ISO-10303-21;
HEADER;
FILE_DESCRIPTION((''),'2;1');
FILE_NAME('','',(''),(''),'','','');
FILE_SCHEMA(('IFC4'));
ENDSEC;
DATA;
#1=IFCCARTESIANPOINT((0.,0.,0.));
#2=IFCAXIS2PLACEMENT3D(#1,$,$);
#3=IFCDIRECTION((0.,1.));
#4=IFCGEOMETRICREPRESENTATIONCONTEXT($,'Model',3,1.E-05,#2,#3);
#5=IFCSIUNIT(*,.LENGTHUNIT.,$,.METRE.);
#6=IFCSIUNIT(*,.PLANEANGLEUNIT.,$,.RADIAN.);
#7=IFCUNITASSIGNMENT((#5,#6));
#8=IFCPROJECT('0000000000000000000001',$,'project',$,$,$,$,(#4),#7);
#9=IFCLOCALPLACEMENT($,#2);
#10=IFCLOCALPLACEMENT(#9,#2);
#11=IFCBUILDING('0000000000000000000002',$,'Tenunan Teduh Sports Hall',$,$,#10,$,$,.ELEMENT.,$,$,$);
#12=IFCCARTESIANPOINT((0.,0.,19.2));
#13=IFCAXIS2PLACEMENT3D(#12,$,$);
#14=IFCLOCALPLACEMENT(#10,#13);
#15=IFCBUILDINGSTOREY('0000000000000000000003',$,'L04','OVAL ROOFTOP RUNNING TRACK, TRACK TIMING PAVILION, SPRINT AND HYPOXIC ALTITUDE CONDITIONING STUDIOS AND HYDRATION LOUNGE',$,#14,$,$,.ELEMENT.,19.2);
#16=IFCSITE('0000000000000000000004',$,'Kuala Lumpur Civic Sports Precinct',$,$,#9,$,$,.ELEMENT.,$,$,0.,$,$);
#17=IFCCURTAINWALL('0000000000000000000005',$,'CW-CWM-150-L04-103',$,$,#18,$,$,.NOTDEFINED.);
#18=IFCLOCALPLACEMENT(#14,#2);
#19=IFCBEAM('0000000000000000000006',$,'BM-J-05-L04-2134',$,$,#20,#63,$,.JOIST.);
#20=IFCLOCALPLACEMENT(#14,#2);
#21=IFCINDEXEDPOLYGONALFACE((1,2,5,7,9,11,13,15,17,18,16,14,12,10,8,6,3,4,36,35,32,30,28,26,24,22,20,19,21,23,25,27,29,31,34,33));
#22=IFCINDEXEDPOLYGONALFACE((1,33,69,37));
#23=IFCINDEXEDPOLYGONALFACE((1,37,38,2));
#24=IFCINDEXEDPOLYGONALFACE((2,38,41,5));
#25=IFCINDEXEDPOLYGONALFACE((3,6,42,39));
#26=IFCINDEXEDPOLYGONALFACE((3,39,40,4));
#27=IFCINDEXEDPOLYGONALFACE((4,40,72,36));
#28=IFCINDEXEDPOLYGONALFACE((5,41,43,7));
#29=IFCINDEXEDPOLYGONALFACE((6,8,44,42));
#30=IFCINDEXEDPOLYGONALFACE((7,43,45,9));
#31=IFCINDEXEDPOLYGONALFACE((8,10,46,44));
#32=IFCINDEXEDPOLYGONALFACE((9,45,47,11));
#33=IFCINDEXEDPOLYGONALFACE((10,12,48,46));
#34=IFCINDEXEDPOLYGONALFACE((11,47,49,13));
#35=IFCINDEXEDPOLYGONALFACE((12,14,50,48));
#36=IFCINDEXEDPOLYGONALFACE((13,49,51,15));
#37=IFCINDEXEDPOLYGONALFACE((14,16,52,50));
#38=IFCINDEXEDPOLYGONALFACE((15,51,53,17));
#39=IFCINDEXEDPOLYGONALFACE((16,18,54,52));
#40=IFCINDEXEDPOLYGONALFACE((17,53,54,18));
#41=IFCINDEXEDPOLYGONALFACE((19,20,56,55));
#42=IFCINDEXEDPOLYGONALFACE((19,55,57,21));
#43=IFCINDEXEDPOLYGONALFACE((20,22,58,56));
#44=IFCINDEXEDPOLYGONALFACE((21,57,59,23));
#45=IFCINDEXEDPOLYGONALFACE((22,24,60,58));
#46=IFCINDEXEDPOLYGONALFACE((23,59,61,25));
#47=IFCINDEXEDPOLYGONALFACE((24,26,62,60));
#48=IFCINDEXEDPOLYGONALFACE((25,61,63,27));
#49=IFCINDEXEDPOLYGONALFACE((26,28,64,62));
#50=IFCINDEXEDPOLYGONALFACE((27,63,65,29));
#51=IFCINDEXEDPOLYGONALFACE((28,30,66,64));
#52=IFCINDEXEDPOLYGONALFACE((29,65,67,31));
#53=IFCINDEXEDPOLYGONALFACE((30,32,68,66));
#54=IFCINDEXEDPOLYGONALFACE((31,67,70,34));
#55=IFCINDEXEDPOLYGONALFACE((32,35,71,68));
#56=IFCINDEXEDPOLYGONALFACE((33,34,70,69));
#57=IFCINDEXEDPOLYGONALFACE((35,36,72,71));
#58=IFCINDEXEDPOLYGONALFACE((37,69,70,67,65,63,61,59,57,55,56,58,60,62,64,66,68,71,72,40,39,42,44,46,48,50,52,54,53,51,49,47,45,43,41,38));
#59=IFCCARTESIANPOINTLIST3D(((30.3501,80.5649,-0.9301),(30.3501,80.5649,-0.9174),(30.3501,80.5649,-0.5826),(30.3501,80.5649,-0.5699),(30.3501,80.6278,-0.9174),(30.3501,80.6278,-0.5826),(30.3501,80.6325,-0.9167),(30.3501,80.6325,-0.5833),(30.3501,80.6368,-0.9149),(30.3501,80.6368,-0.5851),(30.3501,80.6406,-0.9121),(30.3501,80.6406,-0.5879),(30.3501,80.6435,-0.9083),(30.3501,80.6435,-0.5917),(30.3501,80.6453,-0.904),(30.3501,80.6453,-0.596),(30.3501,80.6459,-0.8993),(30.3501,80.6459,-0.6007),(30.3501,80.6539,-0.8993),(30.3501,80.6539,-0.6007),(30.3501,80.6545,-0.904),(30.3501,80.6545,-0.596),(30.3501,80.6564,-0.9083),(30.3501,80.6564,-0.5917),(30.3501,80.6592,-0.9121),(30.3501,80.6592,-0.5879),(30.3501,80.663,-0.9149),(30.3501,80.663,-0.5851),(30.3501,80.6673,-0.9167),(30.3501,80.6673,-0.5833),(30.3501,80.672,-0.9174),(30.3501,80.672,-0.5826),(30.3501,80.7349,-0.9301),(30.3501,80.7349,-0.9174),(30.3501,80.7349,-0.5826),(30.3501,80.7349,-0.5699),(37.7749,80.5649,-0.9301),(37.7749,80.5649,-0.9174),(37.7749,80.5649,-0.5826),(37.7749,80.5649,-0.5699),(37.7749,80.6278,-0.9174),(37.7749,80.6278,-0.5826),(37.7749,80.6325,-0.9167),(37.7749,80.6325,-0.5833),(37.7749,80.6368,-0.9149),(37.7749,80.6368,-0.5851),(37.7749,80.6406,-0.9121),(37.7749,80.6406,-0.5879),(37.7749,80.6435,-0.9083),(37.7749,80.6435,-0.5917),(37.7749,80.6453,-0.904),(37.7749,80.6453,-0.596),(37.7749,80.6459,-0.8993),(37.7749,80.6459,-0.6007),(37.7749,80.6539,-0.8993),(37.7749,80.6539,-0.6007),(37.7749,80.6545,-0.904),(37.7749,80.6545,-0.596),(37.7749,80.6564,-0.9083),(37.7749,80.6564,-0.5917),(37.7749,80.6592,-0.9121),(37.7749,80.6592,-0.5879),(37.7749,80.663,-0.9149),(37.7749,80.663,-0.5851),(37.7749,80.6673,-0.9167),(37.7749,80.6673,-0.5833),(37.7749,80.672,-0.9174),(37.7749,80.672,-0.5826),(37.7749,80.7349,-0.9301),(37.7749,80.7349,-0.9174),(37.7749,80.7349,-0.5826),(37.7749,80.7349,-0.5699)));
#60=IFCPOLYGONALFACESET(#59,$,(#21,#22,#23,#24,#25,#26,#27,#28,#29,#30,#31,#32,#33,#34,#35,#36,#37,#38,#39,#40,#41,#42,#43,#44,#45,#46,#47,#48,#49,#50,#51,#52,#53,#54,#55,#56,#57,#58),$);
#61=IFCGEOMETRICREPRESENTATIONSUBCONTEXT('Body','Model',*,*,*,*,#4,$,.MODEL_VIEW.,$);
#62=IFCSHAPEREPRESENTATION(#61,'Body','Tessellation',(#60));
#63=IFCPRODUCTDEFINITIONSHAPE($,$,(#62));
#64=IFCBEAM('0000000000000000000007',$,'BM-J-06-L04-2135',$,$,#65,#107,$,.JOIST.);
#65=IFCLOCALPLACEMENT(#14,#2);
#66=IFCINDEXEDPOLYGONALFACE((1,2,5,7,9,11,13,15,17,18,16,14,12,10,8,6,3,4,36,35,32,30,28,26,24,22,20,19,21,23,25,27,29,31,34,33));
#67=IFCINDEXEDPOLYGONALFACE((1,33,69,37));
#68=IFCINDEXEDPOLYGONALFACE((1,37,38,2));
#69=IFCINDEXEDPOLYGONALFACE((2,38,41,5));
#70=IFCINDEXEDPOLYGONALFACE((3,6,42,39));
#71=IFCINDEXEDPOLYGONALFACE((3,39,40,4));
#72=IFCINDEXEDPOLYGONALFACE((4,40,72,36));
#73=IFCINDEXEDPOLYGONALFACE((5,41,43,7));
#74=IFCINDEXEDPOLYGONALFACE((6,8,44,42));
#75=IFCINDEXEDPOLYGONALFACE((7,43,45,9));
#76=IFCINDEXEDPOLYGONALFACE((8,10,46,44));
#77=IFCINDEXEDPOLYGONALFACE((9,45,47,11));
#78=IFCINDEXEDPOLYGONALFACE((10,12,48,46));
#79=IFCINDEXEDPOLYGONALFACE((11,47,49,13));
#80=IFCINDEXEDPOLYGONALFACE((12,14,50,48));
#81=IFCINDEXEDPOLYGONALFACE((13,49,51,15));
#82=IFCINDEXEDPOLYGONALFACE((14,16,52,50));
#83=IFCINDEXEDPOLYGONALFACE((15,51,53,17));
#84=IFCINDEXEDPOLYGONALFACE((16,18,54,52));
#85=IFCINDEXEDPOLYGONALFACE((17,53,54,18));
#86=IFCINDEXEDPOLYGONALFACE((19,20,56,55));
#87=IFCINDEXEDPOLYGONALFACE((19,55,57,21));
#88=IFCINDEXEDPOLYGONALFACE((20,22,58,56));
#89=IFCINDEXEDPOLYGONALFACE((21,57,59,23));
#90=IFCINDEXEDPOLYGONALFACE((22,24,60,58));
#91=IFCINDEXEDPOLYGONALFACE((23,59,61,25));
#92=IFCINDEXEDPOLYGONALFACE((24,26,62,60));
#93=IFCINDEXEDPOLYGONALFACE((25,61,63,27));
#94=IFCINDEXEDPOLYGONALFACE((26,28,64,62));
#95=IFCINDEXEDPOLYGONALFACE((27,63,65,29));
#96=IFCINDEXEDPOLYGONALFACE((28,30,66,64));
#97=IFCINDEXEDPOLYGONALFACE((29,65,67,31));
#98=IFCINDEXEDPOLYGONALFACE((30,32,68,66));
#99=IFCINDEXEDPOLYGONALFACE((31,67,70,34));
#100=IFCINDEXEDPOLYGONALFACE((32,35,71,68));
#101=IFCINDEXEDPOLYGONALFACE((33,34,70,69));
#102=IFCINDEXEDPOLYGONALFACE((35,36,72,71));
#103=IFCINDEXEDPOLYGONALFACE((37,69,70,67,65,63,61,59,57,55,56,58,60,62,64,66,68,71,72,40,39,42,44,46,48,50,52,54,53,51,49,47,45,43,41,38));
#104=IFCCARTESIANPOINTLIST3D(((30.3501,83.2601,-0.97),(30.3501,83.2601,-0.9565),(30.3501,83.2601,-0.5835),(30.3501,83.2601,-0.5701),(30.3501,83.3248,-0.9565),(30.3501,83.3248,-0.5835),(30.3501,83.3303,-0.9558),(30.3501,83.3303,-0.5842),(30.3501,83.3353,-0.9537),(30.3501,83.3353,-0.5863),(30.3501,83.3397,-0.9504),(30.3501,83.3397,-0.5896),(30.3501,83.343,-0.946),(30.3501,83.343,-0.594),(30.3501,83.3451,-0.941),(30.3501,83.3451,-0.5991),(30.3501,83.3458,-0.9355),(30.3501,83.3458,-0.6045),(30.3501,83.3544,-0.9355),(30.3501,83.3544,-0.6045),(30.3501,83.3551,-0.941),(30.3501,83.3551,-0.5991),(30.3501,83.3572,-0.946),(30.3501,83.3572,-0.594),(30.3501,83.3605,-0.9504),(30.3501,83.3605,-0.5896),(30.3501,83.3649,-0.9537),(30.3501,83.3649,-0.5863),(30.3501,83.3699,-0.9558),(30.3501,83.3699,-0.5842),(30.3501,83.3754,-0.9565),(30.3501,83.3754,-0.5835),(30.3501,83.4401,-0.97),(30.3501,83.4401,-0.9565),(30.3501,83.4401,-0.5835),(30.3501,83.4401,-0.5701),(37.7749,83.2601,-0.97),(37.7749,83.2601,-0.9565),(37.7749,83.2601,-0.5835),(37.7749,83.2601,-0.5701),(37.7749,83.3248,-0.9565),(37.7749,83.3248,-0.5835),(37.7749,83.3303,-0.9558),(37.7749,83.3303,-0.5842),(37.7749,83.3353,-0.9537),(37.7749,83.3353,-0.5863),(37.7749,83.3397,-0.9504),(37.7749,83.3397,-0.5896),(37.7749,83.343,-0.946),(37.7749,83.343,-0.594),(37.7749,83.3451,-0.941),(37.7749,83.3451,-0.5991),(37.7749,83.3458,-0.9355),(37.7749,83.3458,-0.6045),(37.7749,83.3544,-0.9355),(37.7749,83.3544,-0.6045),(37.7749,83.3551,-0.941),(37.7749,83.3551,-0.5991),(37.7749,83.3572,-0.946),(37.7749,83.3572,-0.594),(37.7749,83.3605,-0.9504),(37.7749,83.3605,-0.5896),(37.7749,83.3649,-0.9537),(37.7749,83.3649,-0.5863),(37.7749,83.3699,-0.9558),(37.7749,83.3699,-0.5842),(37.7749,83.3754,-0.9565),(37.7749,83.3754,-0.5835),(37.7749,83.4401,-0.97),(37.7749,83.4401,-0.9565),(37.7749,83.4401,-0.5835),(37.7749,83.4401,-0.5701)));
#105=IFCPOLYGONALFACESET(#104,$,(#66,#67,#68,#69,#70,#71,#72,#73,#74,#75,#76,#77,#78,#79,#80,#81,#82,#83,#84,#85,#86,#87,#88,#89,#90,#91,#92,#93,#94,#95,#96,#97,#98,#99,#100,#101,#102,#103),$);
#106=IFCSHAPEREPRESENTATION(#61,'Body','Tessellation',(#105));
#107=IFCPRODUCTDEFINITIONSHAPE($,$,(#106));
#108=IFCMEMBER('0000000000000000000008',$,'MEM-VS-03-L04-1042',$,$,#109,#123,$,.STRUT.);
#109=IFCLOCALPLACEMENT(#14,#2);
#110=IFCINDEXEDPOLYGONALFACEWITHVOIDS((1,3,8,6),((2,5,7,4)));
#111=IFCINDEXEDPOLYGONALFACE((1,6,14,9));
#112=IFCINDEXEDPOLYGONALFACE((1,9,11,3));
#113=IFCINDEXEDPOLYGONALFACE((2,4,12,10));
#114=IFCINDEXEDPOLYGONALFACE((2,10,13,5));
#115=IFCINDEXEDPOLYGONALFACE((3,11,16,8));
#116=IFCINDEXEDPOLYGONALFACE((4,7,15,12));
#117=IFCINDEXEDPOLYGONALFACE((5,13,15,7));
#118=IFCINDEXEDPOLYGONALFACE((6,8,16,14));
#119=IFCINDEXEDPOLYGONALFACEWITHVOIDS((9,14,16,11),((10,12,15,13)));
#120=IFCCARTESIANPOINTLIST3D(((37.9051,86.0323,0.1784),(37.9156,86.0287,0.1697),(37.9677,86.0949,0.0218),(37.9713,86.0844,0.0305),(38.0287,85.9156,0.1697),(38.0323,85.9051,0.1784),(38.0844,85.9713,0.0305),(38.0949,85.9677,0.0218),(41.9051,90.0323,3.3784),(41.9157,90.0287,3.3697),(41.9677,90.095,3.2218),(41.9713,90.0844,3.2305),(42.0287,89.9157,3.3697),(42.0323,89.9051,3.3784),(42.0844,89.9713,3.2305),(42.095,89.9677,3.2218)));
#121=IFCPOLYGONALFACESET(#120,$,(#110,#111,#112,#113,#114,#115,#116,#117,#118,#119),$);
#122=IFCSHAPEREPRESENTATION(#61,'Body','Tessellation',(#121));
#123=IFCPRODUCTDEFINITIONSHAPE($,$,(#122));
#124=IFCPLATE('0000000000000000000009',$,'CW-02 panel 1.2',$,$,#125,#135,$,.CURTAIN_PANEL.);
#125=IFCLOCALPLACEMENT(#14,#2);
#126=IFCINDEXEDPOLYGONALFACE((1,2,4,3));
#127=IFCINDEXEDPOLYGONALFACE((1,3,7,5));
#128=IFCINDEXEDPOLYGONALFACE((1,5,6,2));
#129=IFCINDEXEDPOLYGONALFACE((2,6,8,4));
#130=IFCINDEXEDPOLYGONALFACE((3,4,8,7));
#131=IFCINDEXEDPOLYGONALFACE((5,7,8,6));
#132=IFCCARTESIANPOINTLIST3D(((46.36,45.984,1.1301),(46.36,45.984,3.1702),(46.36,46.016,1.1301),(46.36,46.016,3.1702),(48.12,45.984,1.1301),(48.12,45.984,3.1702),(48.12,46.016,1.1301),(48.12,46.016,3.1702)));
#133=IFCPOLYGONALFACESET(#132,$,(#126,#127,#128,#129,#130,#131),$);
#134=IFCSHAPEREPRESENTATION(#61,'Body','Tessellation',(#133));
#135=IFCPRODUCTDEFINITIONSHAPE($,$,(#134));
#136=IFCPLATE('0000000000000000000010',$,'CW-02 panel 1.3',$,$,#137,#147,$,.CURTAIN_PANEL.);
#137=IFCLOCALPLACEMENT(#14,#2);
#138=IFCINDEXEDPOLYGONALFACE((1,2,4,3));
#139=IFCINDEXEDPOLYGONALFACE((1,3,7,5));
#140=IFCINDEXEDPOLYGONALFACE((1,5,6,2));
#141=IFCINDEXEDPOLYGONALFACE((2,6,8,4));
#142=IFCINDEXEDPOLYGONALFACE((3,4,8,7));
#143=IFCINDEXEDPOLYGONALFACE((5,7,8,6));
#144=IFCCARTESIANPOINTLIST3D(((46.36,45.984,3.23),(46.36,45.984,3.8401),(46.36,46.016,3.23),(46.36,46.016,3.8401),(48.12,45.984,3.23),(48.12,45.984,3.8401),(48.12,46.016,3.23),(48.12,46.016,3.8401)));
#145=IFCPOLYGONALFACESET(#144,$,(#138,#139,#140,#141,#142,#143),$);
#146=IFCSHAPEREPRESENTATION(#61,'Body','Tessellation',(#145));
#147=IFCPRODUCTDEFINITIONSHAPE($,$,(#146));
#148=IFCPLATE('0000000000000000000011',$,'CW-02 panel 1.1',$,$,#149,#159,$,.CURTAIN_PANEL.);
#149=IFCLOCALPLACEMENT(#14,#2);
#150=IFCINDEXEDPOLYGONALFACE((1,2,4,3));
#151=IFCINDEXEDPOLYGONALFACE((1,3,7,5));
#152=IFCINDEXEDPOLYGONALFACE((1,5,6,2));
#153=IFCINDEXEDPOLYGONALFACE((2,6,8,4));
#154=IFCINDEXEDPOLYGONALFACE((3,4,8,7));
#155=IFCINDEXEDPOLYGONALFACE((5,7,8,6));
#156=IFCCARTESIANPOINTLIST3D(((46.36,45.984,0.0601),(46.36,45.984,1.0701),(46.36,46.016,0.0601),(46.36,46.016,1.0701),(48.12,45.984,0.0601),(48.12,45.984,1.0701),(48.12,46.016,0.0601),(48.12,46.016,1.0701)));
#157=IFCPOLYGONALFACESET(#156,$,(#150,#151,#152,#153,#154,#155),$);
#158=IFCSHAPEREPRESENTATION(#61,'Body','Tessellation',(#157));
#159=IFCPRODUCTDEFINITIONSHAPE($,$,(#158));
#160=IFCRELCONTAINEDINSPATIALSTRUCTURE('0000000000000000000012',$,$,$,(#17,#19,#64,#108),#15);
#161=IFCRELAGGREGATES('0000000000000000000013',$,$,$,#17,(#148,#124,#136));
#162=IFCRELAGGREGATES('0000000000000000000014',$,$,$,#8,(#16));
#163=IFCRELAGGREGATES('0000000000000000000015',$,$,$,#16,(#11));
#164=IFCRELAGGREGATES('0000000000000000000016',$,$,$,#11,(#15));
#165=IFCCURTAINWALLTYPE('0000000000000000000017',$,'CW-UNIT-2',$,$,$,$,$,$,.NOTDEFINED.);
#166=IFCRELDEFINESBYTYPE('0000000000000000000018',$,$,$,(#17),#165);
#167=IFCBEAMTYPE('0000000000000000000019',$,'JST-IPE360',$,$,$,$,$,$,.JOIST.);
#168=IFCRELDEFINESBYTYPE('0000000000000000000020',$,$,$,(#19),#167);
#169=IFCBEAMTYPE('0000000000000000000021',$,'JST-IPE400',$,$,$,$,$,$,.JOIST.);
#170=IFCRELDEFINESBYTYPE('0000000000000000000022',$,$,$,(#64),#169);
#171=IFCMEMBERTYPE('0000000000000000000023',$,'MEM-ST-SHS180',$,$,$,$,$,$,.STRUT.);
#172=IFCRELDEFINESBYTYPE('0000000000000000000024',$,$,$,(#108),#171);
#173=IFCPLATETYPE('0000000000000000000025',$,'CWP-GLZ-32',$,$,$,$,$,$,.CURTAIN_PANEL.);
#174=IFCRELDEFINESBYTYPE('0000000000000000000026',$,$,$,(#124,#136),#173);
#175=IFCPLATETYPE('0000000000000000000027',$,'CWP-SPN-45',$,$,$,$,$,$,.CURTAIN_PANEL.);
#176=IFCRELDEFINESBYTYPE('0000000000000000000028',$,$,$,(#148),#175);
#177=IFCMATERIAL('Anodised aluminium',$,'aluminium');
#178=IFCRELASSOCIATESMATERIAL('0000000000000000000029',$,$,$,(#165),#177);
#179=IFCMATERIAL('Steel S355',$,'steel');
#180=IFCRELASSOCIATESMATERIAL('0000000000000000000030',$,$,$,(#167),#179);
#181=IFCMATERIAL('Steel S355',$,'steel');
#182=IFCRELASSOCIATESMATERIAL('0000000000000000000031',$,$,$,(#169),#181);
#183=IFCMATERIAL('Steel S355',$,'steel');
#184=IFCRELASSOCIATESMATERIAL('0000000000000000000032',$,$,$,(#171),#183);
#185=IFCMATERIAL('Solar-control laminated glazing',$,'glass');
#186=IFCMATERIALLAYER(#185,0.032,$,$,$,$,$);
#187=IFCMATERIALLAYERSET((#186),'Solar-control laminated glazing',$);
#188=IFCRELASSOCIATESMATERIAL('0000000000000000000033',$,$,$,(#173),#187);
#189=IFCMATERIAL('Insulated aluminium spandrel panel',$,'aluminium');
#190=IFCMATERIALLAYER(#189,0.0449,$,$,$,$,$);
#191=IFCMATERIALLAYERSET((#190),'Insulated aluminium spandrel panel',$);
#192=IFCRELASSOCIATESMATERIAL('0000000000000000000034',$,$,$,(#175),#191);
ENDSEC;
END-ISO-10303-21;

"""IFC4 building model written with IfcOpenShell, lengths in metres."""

from ifc_helpers import new_model, si_unit, direction, frame, origin, origin_2d, place, context, subcontext, project, spatial, rectangle, hollow_rectangle, i_section, extrude, material, layer, layer_set, material_profile, profile_set, type_object, element, aggregate, save


model = new_model("IFC4")

# Units and contexts
model_context = context("Model", 3, precision=1e-05, world=origin(), true_north=direction((0.0, 1.0)))
body_context = subcontext(model_context, "Body", "Model", "MODEL_VIEW")
ifc_project = project(units=[si_unit("LENGTHUNIT", "METRE"), si_unit("PLANEANGLEUNIT", "RADIAN")], contexts=[model_context])

# Site, building, storey
site_placement = place(None, origin())
site = spatial("IfcSite", under=ifc_project, at=site_placement, Name="Kuala Lumpur Civic Sports Precinct", CompositionType="ELEMENT", RefElevation=0.0)
building_placement = place(site_placement, origin())
building = spatial("IfcBuilding", under=site, at=building_placement, Name="Tenunan Teduh Sports Hall", CompositionType="ELEMENT")
storey_placement = place(building_placement, frame((0.0, 0.0, 19.2)))
storey = spatial("IfcBuildingStorey", under=building, at=storey_placement, Name="L04", Description="OVAL ROOFTOP RUNNING TRACK, TRACK TIMING PAVILION, SPRINT AND HYPOXIC ALTITUDE CONDITIONING STUDIOS AND HYDRATION LOUNGE", CompositionType="ELEMENT", Elevation=19.2)

# Curtain wall
ifc_material_1 = material(Name="Anodised aluminium", Category="aluminium")
curtain_wall_type = type_object("IfcCurtainWallType", Name="CW-UNIT-2", PredefinedType="NOTDEFINED", material=ifc_material_1)
curtain_wall_placement = place(storey_placement, origin())
curtain_wall = element("IfcCurtainWall", 1, at=curtain_wall_placement, inside=storey, type_object=curtain_wall_type, Name="CW-CWM-150-L04-103", PredefinedType="NOTDEFINED")

# Beams
ifc_material_2 = material(Name="Steel S355", Category="steel")
ifc_material_profile_1 = material_profile(ifc_material_2, i_section(OverallWidth=0.1699, OverallDepth=0.3601, WebThickness=0.0081, FlangeThickness=0.0127, FilletRadius=0.0181, at=origin_2d()), Name="IPE 360")
ifc_profile_set_1 = profile_set([ifc_material_profile_1], Name="Steel S355")
beam_type_1 = type_object("IfcBeamType", Name="JST-IPE360", PredefinedType="JOIST", material=ifc_profile_set_1)
beam_1_placement = place(storey_placement, frame((30.3501, 80.6499, -0.75), z_axis=(1.0, 0.0, 0.0), x_axis=(0.0, 1.0, 0.0)))
element("IfcBeam", 2, at=beam_1_placement, inside=storey, type_object=beam_type_1, Name="BM-J-05-L04-2134", PredefinedType="JOIST", context=body_context, shape_type="SweptSolid", body=[
    extrude(i_section(OverallWidth=0.1699, OverallDepth=0.3601, WebThickness=0.0081, FlangeThickness=0.0127, FilletRadius=0.0181, at=origin_2d()), origin(), (0.0, 0.0, 1.0), 7.4248),
])
ifc_material_3 = material(Name="Steel S355", Category="steel")
ifc_material_profile_2 = material_profile(ifc_material_3, i_section(OverallWidth=0.1799, OverallDepth=0.3999, WebThickness=0.0085, FlangeThickness=0.0134, FilletRadius=0.021, at=origin_2d()), Name="IPE 400")
ifc_profile_set_2 = profile_set([ifc_material_profile_2], Name="Steel S355")
beam_type_2 = type_object("IfcBeamType", Name="JST-IPE400", PredefinedType="JOIST", material=ifc_profile_set_2)
beam_2_placement = place(storey_placement, frame((30.3501, 83.3501, -0.77), z_axis=(1.0, 0.0, 0.0), x_axis=(0.0, 1.0, 0.0)))
element("IfcBeam", 3, at=beam_2_placement, inside=storey, type_object=beam_type_2, Name="BM-J-06-L04-2135", PredefinedType="JOIST", context=body_context, shape_type="SweptSolid", body=[
    extrude(i_section(OverallWidth=0.1799, OverallDepth=0.3999, WebThickness=0.0085, FlangeThickness=0.0134, FilletRadius=0.021, at=origin_2d()), origin(), (0.0, 0.0, 1.0), 7.4248),
])

# Member
ifc_material_4 = material(Name="Steel S355", Category="steel")
ifc_material_profile_3 = material_profile(ifc_material_4, hollow_rectangle(XDim=0.1799, YDim=0.1799, WallThickness=0.01, at=origin_2d()), Name="SHS 180x180x10.0")
ifc_profile_set_3 = profile_set([ifc_material_profile_3], Name="Steel S355")
member_type_1 = type_object("IfcMemberType", Name="MEM-ST-SHS180", PredefinedType="STRUT", material=ifc_profile_set_3)
member_1_placement = place(storey_placement, frame((38.0, 86.0, 0.1001), z_axis=(0.61546, 0.61546, 0.49236), x_axis=(-0.707107, 0.707107, 0.0)))
element("IfcMember", 4, at=member_1_placement, inside=storey, type_object=member_type_1, Name="MEM-VS-03-L04-1042", PredefinedType="STRUT", context=body_context, shape_type="SweptSolid", body=[
    extrude(hollow_rectangle(XDim=0.1799, YDim=0.1799, WallThickness=0.01, at=origin_2d()), origin(), (0.0, 0.0, 1.0), 6.4993),
])

# Plates
ifc_material_5 = material(Name="Solar-control laminated glazing", Category="glass")
ifc_layer_1 = layer(ifc_material_5, 0.032)
ifc_layer_set_1 = layer_set([ifc_layer_1], Name="Solar-control laminated glazing")
plate_type_1 = type_object("IfcPlateType", Name="CWP-GLZ-32", PredefinedType="CURTAIN_PANEL", material=ifc_layer_set_1)
plate_1_placement = place(storey_placement, frame((47.24, 46.0, 1.1301), z_axis=(0.0, 0.0, 1.0), x_axis=(1.0, 0.0, 0.0)))
plate_1 = element("IfcPlate", 5, at=plate_1_placement, type_object=plate_type_1, Name="CW-02 panel 1.2", PredefinedType="CURTAIN_PANEL", context=body_context, shape_type="SweptSolid", body=[
    extrude(rectangle(XDim=1.76, YDim=0.032, at=origin_2d()), origin(), (0.0, 0.0, 1.0), 2.04),
])
plate_2_placement = place(storey_placement, frame((47.24, 46.0, 3.23), z_axis=(0.0, 0.0, 1.0), x_axis=(1.0, 0.0, 0.0)))
plate_2 = element("IfcPlate", 6, at=plate_2_placement, type_object=plate_type_1, Name="CW-02 panel 1.3", PredefinedType="CURTAIN_PANEL", context=body_context, shape_type="SweptSolid", body=[
    extrude(rectangle(XDim=1.76, YDim=0.032, at=origin_2d()), origin(), (0.0, 0.0, 1.0), 0.6101),
])
ifc_material_6 = material(Name="Insulated aluminium spandrel panel", Category="aluminium")
ifc_layer_2 = layer(ifc_material_6, 0.0449)
ifc_layer_set_2 = layer_set([ifc_layer_2], Name="Insulated aluminium spandrel panel")
plate_type_2 = type_object("IfcPlateType", Name="CWP-SPN-45", PredefinedType="CURTAIN_PANEL", material=ifc_layer_set_2)
plate_3_placement = place(storey_placement, frame((47.24, 46.0, 0.0601), z_axis=(0.0, 0.0, 1.0), x_axis=(1.0, 0.0, 0.0)))
plate_3 = element("IfcPlate", 7, at=plate_3_placement, type_object=plate_type_2, Name="CW-02 panel 1.1", PredefinedType="CURTAIN_PANEL", context=body_context, shape_type="SweptSolid", body=[
    extrude(rectangle(XDim=1.76, YDim=0.032, at=origin_2d()), origin(), (0.0, 0.0, 1.0), 1.01),
])
aggregate(curtain_wall, [plate_3, plate_1, plate_2])

save(model, "model.ifc")
